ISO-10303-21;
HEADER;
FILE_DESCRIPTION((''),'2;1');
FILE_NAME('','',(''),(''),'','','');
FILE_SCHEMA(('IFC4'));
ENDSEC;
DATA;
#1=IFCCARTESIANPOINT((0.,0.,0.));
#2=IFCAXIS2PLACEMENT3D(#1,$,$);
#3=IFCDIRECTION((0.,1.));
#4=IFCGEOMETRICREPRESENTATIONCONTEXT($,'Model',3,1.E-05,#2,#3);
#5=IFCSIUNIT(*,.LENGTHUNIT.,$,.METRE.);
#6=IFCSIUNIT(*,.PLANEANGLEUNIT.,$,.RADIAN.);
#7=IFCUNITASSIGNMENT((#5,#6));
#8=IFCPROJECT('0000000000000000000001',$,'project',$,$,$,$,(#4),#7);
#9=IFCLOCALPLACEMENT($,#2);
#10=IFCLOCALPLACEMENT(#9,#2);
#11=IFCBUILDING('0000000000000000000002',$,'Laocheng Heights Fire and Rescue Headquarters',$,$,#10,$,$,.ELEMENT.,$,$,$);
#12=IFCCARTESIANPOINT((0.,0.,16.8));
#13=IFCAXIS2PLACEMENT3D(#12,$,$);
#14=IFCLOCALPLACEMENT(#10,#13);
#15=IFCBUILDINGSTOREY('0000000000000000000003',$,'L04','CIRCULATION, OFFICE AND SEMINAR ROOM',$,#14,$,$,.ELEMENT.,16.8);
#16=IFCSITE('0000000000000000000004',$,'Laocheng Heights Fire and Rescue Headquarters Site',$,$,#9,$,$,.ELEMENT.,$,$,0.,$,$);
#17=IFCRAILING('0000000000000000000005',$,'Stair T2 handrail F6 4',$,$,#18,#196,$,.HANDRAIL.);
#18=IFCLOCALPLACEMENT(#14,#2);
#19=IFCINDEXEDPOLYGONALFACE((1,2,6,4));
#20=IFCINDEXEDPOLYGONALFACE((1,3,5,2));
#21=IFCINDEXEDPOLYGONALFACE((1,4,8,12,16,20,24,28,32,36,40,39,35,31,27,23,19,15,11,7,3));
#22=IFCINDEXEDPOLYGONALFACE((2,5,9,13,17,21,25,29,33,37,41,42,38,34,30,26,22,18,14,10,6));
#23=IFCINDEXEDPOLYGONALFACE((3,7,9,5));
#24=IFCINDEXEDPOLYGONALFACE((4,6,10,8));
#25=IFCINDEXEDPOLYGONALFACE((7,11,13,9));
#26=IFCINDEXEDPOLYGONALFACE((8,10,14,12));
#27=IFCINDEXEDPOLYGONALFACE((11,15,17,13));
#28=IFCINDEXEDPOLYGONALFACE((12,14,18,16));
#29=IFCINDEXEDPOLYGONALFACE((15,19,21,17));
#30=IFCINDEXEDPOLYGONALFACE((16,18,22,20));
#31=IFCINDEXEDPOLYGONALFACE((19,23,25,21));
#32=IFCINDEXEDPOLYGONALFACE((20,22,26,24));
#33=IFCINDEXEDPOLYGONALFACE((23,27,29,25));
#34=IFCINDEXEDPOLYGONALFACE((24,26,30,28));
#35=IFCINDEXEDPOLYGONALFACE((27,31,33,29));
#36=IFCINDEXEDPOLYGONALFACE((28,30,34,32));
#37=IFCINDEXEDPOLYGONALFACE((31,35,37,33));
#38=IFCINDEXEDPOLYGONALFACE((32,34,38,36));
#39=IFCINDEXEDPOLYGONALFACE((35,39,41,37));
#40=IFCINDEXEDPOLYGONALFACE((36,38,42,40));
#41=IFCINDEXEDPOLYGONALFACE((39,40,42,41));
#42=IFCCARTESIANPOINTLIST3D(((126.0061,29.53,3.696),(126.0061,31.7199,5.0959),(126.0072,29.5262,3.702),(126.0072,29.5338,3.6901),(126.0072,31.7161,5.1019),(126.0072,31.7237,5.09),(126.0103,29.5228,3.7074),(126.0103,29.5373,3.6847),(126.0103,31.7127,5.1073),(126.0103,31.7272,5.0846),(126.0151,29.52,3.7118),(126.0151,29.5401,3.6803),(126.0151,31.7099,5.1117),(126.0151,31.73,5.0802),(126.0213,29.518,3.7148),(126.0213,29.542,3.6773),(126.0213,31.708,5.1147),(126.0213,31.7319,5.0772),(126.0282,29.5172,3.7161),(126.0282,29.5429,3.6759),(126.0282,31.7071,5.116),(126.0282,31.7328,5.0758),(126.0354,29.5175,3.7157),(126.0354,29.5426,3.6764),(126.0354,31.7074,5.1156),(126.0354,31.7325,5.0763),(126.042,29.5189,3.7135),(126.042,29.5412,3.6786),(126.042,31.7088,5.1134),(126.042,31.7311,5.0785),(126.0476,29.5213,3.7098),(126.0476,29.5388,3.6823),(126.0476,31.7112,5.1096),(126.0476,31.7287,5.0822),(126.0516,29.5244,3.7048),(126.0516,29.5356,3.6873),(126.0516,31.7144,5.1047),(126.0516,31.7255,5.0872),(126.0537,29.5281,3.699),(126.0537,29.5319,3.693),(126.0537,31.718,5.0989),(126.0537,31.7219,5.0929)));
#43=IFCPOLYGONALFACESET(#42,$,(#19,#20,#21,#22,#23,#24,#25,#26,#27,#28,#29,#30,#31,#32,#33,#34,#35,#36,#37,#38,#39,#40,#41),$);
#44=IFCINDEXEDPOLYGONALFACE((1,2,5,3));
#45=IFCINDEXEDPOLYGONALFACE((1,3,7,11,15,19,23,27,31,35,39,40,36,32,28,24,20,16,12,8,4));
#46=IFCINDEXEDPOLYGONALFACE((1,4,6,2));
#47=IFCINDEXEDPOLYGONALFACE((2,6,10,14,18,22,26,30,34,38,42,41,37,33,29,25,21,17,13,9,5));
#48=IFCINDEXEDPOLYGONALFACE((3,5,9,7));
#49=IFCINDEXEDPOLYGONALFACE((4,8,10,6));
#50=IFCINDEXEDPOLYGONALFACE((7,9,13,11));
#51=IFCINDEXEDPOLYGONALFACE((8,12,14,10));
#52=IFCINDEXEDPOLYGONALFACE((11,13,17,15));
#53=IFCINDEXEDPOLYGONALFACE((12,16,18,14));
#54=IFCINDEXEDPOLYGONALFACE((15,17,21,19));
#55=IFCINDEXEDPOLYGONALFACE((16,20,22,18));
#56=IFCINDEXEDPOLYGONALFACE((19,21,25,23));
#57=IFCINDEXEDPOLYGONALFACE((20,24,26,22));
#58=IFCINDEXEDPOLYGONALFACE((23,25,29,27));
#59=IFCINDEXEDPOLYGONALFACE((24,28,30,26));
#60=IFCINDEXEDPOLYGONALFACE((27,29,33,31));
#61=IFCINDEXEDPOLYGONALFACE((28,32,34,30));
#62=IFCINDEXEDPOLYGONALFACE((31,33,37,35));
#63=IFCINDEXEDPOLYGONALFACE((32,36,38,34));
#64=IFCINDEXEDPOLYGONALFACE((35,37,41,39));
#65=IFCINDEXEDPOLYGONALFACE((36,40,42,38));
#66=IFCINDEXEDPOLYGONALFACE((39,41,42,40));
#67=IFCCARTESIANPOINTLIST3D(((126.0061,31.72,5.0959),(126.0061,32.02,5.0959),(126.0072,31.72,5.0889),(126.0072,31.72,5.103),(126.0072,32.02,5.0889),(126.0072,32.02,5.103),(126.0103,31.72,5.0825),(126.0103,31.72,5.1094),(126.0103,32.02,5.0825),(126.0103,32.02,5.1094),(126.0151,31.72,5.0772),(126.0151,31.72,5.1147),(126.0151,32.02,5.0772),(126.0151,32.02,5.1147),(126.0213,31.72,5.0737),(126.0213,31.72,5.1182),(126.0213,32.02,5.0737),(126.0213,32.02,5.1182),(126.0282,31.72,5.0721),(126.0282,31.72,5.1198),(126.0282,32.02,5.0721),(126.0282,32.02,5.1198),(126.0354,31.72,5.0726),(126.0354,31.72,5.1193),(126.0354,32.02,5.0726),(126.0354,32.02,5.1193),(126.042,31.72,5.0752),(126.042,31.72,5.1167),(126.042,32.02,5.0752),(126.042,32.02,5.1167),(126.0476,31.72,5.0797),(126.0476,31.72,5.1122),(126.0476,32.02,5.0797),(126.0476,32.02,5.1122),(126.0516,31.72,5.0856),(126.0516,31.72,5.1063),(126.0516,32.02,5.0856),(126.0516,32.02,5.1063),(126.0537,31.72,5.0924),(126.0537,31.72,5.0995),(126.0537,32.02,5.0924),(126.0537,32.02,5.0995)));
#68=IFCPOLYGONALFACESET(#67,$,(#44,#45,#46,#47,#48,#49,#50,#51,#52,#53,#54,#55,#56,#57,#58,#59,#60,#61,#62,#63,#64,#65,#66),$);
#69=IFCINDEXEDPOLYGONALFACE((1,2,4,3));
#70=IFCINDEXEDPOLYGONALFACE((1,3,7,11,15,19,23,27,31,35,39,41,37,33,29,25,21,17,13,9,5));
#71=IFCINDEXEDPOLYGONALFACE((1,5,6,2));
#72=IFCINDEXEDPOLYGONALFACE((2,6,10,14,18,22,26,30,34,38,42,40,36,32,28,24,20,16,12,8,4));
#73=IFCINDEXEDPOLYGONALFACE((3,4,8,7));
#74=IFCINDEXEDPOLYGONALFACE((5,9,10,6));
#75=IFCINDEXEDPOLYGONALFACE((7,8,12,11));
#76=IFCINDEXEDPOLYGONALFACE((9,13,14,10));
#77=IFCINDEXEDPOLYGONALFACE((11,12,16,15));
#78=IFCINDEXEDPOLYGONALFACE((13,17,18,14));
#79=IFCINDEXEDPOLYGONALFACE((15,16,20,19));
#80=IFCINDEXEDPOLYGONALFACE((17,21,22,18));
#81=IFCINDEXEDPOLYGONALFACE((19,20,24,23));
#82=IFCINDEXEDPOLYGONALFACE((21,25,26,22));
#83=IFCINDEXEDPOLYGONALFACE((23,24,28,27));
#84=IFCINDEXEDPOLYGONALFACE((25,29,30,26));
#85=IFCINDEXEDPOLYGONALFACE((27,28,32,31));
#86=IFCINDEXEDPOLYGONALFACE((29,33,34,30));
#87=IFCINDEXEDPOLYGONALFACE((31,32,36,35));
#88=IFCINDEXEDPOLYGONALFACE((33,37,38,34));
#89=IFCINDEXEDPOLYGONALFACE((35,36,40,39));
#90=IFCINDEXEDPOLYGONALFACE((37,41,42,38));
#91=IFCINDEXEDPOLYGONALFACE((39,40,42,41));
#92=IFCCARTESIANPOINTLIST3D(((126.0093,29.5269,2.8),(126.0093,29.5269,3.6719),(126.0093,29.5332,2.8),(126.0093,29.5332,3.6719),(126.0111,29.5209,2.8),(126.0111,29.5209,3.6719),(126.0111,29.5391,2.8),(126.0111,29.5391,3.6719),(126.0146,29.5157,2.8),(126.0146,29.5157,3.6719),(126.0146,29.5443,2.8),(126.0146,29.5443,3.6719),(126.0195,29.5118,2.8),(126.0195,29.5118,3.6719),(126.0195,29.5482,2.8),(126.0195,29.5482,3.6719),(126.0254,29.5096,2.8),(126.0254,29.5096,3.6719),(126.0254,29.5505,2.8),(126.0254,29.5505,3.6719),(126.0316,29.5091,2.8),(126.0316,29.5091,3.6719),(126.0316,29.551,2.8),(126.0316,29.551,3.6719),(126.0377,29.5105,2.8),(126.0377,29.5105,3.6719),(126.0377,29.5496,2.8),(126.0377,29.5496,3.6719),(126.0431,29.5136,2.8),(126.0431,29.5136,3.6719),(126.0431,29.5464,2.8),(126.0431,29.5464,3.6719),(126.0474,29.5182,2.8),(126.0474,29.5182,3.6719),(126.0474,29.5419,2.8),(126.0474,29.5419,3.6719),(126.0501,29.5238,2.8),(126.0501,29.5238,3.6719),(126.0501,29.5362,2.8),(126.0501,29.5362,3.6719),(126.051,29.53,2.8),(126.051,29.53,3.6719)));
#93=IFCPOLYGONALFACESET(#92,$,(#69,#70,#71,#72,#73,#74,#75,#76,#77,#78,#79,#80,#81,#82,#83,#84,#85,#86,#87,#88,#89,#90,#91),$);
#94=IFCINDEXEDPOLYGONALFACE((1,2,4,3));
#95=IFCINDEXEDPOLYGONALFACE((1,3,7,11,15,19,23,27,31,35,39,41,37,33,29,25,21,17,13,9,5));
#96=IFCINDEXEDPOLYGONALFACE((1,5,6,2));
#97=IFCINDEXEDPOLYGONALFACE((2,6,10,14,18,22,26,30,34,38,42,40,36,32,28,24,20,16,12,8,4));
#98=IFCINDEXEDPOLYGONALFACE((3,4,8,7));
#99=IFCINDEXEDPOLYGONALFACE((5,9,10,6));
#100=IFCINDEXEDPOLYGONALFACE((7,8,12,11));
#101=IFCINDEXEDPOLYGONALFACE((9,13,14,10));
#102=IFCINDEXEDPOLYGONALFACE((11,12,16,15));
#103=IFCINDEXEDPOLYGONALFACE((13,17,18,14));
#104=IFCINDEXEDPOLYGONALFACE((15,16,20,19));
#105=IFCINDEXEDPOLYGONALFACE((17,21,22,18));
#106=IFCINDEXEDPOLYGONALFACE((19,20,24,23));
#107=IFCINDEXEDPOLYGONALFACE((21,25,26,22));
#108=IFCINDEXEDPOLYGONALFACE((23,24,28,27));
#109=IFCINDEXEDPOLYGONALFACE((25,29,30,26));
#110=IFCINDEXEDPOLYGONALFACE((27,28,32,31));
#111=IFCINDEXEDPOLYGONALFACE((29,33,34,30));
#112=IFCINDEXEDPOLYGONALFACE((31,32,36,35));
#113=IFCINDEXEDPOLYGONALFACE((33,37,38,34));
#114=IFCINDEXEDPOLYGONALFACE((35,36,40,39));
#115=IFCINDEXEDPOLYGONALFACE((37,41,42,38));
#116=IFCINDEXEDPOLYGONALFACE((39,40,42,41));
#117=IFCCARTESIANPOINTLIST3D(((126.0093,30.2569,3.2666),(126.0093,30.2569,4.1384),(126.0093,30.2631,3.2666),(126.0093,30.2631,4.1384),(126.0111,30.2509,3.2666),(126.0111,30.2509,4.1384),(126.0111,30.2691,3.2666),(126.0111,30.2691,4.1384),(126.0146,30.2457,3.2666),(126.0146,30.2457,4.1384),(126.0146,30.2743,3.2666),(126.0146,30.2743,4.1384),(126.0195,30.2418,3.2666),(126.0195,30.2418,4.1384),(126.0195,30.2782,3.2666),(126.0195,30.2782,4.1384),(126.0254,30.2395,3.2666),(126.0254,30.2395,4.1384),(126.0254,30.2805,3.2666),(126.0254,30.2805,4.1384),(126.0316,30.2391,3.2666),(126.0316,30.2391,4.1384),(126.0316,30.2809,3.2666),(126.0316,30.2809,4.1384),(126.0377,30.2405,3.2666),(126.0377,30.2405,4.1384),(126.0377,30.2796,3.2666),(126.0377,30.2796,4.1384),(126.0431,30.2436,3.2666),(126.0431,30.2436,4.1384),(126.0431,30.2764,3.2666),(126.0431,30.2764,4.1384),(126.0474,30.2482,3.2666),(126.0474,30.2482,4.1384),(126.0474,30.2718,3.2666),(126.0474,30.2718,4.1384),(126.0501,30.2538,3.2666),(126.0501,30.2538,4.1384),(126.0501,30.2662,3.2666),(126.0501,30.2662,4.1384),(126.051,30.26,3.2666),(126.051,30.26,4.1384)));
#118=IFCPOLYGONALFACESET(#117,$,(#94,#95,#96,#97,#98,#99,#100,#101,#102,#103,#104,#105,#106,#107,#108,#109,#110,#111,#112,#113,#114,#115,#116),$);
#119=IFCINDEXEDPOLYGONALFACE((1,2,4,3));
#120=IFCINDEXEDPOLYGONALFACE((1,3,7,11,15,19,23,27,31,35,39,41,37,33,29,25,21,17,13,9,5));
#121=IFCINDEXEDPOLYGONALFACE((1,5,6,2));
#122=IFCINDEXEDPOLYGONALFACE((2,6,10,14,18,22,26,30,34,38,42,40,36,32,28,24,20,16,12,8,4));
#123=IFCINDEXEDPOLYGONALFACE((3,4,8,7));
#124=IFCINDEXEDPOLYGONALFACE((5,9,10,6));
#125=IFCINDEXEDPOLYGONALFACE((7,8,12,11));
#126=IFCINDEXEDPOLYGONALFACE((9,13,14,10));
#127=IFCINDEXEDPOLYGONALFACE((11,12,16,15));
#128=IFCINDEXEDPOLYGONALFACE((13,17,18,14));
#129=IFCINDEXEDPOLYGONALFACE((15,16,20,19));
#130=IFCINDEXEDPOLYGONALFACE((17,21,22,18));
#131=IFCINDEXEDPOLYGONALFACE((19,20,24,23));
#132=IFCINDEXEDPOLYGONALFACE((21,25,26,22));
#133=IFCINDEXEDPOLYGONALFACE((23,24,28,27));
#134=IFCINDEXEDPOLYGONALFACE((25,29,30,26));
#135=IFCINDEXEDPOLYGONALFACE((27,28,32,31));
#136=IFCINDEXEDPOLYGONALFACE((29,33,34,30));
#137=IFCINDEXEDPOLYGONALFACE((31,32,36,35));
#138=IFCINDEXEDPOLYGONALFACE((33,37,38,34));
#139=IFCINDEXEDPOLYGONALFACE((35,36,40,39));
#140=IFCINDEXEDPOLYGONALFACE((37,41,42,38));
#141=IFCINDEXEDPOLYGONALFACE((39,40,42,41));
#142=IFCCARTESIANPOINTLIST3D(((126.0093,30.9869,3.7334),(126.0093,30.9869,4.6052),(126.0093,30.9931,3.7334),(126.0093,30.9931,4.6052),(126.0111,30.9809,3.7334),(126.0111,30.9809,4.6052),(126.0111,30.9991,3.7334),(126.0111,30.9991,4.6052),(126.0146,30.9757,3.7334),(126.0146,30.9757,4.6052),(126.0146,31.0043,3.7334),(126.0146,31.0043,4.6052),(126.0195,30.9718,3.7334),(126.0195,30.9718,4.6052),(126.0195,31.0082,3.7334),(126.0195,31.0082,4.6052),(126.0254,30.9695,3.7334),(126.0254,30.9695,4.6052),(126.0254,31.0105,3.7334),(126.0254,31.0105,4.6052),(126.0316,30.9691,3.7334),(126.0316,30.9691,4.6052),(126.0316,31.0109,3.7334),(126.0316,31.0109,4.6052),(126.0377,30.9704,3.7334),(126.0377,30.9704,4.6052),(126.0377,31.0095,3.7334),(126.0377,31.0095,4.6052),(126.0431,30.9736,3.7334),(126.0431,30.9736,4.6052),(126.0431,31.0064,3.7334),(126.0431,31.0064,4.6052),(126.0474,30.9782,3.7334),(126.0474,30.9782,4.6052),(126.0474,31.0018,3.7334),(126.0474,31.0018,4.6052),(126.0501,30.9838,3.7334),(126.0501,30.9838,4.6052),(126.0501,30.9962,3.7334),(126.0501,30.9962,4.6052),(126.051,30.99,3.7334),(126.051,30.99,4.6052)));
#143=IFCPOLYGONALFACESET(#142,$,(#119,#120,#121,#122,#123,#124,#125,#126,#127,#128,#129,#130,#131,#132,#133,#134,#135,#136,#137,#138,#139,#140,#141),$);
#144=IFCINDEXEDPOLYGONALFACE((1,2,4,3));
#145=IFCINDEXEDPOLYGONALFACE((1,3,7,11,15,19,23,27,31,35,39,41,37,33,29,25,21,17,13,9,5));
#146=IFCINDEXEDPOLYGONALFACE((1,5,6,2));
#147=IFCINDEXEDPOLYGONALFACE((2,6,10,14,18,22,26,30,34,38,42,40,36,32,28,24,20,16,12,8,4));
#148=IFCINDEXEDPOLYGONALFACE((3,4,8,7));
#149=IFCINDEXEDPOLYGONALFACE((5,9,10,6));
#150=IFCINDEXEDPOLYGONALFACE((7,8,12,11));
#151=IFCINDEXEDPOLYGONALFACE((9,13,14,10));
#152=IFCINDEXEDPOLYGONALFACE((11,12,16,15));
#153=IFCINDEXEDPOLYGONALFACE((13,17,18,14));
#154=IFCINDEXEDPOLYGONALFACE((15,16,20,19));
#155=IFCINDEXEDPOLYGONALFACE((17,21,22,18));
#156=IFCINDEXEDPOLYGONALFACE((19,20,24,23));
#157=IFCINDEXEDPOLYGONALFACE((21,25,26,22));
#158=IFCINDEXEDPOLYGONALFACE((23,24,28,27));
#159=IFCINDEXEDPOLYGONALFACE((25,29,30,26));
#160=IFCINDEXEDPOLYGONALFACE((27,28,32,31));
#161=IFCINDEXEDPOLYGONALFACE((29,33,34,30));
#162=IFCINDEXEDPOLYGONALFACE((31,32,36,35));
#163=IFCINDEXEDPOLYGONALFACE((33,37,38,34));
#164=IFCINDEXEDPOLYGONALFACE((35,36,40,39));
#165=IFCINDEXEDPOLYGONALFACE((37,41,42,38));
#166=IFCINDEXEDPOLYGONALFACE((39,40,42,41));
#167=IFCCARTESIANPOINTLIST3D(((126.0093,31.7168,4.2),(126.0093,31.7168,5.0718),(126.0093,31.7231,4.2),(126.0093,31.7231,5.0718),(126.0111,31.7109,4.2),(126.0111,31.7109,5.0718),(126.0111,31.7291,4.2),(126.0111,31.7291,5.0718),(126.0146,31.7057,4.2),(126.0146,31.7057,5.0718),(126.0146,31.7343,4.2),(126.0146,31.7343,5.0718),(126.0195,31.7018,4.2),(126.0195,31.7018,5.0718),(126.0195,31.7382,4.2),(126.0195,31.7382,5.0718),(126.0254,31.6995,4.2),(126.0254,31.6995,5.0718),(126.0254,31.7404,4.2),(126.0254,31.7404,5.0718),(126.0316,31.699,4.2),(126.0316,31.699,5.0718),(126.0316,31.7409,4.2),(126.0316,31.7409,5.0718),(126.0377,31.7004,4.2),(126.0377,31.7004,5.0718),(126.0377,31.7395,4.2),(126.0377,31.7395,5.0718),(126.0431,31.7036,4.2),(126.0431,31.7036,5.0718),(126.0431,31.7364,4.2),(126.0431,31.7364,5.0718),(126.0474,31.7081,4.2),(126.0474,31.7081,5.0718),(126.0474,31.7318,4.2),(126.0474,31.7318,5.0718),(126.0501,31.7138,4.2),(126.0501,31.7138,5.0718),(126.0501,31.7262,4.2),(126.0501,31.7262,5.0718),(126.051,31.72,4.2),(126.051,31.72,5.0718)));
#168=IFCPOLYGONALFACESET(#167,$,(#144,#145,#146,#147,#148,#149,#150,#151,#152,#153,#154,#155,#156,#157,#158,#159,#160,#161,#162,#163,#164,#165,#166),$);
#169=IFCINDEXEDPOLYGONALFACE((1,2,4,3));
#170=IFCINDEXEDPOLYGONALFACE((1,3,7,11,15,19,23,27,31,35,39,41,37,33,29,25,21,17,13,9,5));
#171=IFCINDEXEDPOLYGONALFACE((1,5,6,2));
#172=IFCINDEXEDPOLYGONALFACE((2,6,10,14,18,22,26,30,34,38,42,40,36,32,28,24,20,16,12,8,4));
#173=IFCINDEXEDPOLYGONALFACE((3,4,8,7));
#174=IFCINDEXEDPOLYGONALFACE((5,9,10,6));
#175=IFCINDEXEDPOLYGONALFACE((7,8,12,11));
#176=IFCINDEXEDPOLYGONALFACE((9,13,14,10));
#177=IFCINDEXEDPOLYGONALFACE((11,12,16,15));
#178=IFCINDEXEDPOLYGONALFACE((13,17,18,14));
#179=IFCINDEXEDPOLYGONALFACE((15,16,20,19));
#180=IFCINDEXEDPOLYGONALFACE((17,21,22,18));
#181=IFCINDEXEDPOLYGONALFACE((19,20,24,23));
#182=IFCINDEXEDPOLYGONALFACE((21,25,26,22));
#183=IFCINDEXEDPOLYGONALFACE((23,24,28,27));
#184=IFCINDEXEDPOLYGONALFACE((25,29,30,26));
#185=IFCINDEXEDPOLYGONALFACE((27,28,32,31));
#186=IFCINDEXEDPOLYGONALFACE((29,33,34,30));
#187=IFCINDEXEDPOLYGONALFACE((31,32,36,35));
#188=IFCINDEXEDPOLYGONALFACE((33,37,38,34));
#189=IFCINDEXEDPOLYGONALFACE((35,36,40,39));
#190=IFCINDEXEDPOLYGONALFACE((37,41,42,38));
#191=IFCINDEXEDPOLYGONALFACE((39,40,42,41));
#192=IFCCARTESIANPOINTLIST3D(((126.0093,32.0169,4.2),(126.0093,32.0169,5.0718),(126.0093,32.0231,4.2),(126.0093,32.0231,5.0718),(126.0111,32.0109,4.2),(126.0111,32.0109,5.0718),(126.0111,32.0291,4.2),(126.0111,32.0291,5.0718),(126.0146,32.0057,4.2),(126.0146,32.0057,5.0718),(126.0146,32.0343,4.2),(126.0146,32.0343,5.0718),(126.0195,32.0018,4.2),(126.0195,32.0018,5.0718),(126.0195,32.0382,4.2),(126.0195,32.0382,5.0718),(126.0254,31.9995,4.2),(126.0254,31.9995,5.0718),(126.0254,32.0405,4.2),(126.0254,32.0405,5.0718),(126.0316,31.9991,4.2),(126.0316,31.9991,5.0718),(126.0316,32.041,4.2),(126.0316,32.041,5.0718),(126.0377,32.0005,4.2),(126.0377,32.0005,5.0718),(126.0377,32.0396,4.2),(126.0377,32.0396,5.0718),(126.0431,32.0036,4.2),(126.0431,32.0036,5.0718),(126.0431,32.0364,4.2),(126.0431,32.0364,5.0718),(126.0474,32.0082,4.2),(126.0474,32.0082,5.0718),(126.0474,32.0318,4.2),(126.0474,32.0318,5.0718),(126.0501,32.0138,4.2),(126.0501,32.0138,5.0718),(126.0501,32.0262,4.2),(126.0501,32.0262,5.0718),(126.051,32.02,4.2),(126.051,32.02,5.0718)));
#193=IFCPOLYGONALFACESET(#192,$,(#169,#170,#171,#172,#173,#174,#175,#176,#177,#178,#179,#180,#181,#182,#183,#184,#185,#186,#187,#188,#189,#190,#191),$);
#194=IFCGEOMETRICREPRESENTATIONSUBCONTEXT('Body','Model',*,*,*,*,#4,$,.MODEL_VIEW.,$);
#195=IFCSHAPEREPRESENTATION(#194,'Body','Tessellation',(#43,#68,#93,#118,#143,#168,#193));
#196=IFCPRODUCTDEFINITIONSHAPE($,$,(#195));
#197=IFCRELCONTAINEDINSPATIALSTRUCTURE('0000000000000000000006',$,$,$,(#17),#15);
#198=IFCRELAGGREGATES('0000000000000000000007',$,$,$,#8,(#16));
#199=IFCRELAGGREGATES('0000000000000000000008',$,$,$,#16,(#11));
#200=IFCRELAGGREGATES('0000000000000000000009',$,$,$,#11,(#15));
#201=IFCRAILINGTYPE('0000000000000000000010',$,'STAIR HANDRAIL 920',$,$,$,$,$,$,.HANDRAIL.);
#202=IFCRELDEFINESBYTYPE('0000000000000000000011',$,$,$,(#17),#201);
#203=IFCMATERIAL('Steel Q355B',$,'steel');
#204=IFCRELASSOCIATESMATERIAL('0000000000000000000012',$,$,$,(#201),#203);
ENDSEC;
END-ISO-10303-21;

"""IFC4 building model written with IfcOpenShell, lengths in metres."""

from ifc_helpers import new_model, si_unit, direction, frame, origin, origin_2d, place, context, subcontext, project, spatial, circle, extrude, material, type_object, element, save


model = new_model("IFC4")

# Units and contexts
model_context = context("Model", 3, precision=1e-05, world=origin(), true_north=direction((0.0, 1.0)))
body_context = subcontext(model_context, "Body", "Model", "MODEL_VIEW")
ifc_project = project(units=[si_unit("LENGTHUNIT", "METRE"), si_unit("PLANEANGLEUNIT", "RADIAN")], contexts=[model_context])

# Site, building, storey
site_placement = place(None, origin())
site = spatial("IfcSite", under=ifc_project, at=site_placement, Name="Laocheng Heights Fire and Rescue Headquarters Site", CompositionType="ELEMENT", RefElevation=0.0)
building_placement = place(site_placement, origin())
building = spatial("IfcBuilding", under=site, at=building_placement, Name="Laocheng Heights Fire and Rescue Headquarters", CompositionType="ELEMENT")
storey_placement = place(building_placement, frame((0.0, 0.0, 16.8)))
storey = spatial("IfcBuildingStorey", under=building, at=storey_placement, Name="L04", Description="CIRCULATION, OFFICE AND SEMINAR ROOM", CompositionType="ELEMENT", Elevation=16.8)

# Railing
ifc_material_1 = material(Name="Steel Q355B", Category="steel")
railing_type_1 = type_object("IfcRailingType", Name="STAIR HANDRAIL 920", PredefinedType="HANDRAIL", material=ifc_material_1)
railing_1_placement = place(storey_placement, frame((126.03, 29.53, 2.8)))
element("IfcRailing", 1, at=railing_1_placement, inside=storey, type_object=railing_type_1, Name="Stair T2 handrail F6 4", PredefinedType="HANDRAIL", context=body_context, shape_type="SweptSolid", body=[
    extrude(circle(Radius=0.0239, at=origin_2d()), frame((0.0, 0.0, 0.896), z_axis=(0.0, 0.842561, 0.5386), x_axis=(-1.0, 0.0, 0.0)), (0.0, 0.0, 1.0), 2.5991),
    extrude(circle(Radius=0.0239, at=origin_2d()), frame((0.0, 2.1899, 2.2959), z_axis=(0.0, 1.0, 0.0), x_axis=(-1.0, 0.0, 0.0)), (0.0, 0.0, 1.0), 0.3),
    extrude(circle(Radius=0.021, at=origin_2d()), origin(), (0.0, 0.0, 1.0), 0.8718),
    extrude(circle(Radius=0.021, at=origin_2d()), frame((0.0, 0.73, 0.4666)), (0.0, 0.0, 1.0), 0.8718),
    extrude(circle(Radius=0.021, at=origin_2d()), frame((0.0, 1.46, 0.9333)), (0.0, 0.0, 1.0), 0.8718),
    extrude(circle(Radius=0.021, at=origin_2d()), frame((0.0, 2.1899, 1.3999)), (0.0, 0.0, 1.0), 0.8718),
    extrude(circle(Radius=0.021, at=origin_2d()), frame((0.0, 2.49, 1.3999)), (0.0, 0.0, 1.0), 0.8718),
])

save(model, "model.ifc")
